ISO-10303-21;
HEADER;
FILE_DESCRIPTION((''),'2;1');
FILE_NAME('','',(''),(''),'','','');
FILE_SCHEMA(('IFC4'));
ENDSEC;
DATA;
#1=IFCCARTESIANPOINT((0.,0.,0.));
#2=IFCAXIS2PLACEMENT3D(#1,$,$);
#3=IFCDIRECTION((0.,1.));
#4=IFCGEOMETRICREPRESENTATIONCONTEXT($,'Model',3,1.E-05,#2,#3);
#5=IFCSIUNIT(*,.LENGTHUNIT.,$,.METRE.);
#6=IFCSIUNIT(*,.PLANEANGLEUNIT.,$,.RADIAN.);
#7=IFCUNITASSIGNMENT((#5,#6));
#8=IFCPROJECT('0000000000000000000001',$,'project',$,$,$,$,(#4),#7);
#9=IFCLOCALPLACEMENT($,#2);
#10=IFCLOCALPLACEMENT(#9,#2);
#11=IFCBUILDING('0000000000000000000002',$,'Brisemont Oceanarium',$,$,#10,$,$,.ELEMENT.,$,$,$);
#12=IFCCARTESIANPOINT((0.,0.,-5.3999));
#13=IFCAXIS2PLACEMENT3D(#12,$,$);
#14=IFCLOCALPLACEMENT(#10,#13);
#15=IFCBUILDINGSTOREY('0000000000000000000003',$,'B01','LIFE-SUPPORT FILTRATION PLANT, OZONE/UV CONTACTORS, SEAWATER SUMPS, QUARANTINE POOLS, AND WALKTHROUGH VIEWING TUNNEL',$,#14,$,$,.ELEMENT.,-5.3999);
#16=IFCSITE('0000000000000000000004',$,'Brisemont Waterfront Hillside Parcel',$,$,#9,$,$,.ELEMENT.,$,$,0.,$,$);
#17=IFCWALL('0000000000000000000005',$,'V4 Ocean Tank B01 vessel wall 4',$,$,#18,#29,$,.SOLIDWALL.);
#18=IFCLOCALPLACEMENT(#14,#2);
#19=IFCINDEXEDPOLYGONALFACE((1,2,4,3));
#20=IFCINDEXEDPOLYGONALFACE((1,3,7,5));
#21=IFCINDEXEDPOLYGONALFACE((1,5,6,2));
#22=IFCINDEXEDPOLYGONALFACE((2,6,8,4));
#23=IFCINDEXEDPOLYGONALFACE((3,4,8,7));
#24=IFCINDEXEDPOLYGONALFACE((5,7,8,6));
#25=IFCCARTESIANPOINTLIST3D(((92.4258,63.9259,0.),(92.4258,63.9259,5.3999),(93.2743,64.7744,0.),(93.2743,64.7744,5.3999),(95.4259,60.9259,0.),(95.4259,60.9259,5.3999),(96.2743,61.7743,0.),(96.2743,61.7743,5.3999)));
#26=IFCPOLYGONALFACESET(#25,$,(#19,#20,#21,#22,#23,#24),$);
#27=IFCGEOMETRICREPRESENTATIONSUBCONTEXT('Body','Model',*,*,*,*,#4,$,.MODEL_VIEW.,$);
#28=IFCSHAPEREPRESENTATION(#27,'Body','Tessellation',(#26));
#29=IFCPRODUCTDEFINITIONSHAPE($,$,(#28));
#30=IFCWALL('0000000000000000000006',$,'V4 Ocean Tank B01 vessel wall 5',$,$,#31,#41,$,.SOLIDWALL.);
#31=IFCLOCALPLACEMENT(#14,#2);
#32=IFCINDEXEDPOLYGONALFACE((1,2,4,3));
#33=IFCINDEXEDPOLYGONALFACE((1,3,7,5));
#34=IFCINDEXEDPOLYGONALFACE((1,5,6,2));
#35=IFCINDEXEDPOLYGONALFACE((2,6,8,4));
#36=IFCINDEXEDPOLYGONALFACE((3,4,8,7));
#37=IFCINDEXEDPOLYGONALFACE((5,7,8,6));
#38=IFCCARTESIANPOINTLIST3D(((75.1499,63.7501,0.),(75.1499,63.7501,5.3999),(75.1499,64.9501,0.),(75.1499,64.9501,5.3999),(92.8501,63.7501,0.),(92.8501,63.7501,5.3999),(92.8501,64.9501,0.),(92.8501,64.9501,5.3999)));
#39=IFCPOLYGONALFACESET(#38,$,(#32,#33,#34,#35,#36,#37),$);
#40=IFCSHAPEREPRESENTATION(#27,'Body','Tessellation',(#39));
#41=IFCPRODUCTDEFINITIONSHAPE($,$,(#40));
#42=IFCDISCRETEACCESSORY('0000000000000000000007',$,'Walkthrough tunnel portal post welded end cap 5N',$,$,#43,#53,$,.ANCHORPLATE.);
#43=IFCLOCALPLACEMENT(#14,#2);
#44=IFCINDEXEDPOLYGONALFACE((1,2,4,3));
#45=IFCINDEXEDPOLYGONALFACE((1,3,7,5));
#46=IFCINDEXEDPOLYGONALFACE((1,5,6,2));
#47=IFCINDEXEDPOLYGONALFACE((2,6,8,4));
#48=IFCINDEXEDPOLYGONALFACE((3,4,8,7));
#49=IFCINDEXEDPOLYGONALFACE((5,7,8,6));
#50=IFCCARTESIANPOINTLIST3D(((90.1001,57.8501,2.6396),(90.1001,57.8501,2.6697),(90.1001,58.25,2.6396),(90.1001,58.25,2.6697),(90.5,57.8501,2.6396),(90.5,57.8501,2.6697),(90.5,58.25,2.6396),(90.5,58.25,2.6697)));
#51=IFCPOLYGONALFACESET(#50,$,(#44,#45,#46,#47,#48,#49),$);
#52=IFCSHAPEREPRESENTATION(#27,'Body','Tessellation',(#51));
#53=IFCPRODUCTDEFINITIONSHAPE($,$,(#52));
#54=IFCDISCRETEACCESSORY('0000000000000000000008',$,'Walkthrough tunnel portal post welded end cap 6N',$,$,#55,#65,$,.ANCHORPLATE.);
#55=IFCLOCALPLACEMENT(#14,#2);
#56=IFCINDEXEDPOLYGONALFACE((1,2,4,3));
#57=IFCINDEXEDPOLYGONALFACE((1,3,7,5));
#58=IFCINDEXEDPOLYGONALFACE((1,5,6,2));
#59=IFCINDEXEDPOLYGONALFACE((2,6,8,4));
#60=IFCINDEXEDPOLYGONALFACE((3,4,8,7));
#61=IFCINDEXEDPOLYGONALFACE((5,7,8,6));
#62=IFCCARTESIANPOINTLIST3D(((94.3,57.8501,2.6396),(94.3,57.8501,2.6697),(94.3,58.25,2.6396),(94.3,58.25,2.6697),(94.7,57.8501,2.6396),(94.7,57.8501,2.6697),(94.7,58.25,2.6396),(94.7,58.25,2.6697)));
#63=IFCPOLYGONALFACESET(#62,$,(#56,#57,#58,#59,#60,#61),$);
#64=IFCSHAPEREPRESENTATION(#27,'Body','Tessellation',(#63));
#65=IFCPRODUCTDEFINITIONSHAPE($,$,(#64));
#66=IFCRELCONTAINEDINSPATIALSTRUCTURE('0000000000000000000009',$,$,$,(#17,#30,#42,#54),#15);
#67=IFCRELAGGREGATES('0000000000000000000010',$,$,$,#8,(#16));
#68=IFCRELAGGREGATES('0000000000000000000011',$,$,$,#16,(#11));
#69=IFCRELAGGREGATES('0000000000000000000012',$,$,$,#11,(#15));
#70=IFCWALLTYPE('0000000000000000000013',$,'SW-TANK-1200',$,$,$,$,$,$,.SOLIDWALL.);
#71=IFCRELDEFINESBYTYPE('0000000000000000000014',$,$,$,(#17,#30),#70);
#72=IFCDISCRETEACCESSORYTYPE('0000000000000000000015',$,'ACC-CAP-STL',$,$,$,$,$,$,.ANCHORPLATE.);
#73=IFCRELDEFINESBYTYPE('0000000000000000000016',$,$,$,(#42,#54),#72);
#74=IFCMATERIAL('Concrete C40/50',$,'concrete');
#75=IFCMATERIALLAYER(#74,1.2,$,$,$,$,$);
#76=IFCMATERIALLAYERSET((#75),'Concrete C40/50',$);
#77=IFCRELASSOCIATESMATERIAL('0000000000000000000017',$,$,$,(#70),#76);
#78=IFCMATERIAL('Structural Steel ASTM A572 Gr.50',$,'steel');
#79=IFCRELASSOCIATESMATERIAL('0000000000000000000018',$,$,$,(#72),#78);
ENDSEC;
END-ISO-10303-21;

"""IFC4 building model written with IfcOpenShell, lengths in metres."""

from ifc_helpers import new_model, si_unit, direction, frame, frame_2d, origin, origin_2d, place, context, subcontext, project, spatial, rectangle, extrude, material, layer, layer_set, type_object, element, save


model = new_model("IFC4")

# Units and contexts
model_context = context("Model", 3, precision=1e-05, world=origin(), true_north=direction((0.0, 1.0)))
body_context = subcontext(model_context, "Body", "Model", "MODEL_VIEW")
ifc_project = project(units=[si_unit("LENGTHUNIT", "METRE"), si_unit("PLANEANGLEUNIT", "RADIAN")], contexts=[model_context])

# Site, building, storey
site_placement = place(None, origin())
site = spatial("IfcSite", under=ifc_project, at=site_placement, Name="Brisemont Waterfront Hillside Parcel", CompositionType="ELEMENT", RefElevation=0.0)
building_placement = place(site_placement, origin())
building = spatial("IfcBuilding", under=site, at=building_placement, Name="Brisemont Oceanarium", CompositionType="ELEMENT")
storey_placement = place(building_placement, frame((0.0, 0.0, -5.3999)))
storey = spatial("IfcBuildingStorey", under=building, at=storey_placement, Name="B01", Description="LIFE-SUPPORT FILTRATION PLANT, OZONE/UV CONTACTORS, SEAWATER SUMPS, QUARANTINE POOLS, AND WALKTHROUGH VIEWING TUNNEL", CompositionType="ELEMENT", Elevation=-5.3999)

# Walls
ifc_material_1 = material(Name="Concrete C40/50", Category="concrete")
ifc_layer_1 = layer(ifc_material_1, 1.2)
ifc_layer_set_1 = layer_set([ifc_layer_1], Name="Concrete C40/50")
wall_type = type_object("IfcWallType", Name="SW-TANK-1200", PredefinedType="SOLIDWALL", material=ifc_layer_set_1)
wall_1_placement = place(storey_placement, frame((95.8501, 61.3501, 0.0), z_axis=(0.0, 0.0, 1.0), x_axis=(-0.707107, 0.707107, 0.0)))
element("IfcWall", 1, at=wall_1_placement, inside=storey, type_object=wall_type, Name="V4 Ocean Tank B01 vessel wall 4", PredefinedType="SOLIDWALL", context=body_context, shape_type="SweptSolid", body=[
    extrude(rectangle(XDim=4.2427, YDim=1.2, at=frame_2d((2.1213, 0.0))), origin(), (0.0, 0.0, 1.0), 5.3999),
])
wall_2_placement = place(storey_placement, frame((92.8501, 64.3501, 0.0), z_axis=(0.0, 0.0, 1.0), x_axis=(-1.0, 0.0, 0.0)))
element("IfcWall", 2, at=wall_2_placement, inside=storey, type_object=wall_type, Name="V4 Ocean Tank B01 vessel wall 5", PredefinedType="SOLIDWALL", context=body_context, shape_type="SweptSolid", body=[
    extrude(rectangle(XDim=17.7002, YDim=1.2, at=frame_2d((8.8501, 0.0))), origin(), (0.0, 0.0, 1.0), 5.3999),
])

# Discrete accessories
ifc_material_2 = material(Name="Structural Steel ASTM A572 Gr.50", Category="steel")
discrete_accessory_type = type_object("IfcDiscreteAccessoryType", Name="ACC-CAP-STL", PredefinedType="ANCHORPLATE", material=ifc_material_2)
for number, where, z_axis, x_axis, name in (
    (3, (90.3, 58.05, 2.6396), (0.0, 0.0, 1.0), (1.0, 0.0, 0.0), "Walkthrough tunnel portal post welded end cap 5N"),
    (4, (94.5, 58.05, 2.6396), (0.0, 0.0, 1.0), (1.0, 0.0, 0.0), "Walkthrough tunnel portal post welded end cap 6N"),
):
    element("IfcDiscreteAccessory", number, at=place(storey_placement, frame(where, z_axis=z_axis, x_axis=x_axis)), inside=storey, type_object=discrete_accessory_type, Name=name, PredefinedType="ANCHORPLATE", context=body_context, shape_type="SweptSolid", body=[
        extrude(rectangle(XDim=0.3999, YDim=0.3999, at=origin_2d()), origin(), (0.0, 0.0, 1.0), 0.03),
    ])

save(model, "model.ifc")
